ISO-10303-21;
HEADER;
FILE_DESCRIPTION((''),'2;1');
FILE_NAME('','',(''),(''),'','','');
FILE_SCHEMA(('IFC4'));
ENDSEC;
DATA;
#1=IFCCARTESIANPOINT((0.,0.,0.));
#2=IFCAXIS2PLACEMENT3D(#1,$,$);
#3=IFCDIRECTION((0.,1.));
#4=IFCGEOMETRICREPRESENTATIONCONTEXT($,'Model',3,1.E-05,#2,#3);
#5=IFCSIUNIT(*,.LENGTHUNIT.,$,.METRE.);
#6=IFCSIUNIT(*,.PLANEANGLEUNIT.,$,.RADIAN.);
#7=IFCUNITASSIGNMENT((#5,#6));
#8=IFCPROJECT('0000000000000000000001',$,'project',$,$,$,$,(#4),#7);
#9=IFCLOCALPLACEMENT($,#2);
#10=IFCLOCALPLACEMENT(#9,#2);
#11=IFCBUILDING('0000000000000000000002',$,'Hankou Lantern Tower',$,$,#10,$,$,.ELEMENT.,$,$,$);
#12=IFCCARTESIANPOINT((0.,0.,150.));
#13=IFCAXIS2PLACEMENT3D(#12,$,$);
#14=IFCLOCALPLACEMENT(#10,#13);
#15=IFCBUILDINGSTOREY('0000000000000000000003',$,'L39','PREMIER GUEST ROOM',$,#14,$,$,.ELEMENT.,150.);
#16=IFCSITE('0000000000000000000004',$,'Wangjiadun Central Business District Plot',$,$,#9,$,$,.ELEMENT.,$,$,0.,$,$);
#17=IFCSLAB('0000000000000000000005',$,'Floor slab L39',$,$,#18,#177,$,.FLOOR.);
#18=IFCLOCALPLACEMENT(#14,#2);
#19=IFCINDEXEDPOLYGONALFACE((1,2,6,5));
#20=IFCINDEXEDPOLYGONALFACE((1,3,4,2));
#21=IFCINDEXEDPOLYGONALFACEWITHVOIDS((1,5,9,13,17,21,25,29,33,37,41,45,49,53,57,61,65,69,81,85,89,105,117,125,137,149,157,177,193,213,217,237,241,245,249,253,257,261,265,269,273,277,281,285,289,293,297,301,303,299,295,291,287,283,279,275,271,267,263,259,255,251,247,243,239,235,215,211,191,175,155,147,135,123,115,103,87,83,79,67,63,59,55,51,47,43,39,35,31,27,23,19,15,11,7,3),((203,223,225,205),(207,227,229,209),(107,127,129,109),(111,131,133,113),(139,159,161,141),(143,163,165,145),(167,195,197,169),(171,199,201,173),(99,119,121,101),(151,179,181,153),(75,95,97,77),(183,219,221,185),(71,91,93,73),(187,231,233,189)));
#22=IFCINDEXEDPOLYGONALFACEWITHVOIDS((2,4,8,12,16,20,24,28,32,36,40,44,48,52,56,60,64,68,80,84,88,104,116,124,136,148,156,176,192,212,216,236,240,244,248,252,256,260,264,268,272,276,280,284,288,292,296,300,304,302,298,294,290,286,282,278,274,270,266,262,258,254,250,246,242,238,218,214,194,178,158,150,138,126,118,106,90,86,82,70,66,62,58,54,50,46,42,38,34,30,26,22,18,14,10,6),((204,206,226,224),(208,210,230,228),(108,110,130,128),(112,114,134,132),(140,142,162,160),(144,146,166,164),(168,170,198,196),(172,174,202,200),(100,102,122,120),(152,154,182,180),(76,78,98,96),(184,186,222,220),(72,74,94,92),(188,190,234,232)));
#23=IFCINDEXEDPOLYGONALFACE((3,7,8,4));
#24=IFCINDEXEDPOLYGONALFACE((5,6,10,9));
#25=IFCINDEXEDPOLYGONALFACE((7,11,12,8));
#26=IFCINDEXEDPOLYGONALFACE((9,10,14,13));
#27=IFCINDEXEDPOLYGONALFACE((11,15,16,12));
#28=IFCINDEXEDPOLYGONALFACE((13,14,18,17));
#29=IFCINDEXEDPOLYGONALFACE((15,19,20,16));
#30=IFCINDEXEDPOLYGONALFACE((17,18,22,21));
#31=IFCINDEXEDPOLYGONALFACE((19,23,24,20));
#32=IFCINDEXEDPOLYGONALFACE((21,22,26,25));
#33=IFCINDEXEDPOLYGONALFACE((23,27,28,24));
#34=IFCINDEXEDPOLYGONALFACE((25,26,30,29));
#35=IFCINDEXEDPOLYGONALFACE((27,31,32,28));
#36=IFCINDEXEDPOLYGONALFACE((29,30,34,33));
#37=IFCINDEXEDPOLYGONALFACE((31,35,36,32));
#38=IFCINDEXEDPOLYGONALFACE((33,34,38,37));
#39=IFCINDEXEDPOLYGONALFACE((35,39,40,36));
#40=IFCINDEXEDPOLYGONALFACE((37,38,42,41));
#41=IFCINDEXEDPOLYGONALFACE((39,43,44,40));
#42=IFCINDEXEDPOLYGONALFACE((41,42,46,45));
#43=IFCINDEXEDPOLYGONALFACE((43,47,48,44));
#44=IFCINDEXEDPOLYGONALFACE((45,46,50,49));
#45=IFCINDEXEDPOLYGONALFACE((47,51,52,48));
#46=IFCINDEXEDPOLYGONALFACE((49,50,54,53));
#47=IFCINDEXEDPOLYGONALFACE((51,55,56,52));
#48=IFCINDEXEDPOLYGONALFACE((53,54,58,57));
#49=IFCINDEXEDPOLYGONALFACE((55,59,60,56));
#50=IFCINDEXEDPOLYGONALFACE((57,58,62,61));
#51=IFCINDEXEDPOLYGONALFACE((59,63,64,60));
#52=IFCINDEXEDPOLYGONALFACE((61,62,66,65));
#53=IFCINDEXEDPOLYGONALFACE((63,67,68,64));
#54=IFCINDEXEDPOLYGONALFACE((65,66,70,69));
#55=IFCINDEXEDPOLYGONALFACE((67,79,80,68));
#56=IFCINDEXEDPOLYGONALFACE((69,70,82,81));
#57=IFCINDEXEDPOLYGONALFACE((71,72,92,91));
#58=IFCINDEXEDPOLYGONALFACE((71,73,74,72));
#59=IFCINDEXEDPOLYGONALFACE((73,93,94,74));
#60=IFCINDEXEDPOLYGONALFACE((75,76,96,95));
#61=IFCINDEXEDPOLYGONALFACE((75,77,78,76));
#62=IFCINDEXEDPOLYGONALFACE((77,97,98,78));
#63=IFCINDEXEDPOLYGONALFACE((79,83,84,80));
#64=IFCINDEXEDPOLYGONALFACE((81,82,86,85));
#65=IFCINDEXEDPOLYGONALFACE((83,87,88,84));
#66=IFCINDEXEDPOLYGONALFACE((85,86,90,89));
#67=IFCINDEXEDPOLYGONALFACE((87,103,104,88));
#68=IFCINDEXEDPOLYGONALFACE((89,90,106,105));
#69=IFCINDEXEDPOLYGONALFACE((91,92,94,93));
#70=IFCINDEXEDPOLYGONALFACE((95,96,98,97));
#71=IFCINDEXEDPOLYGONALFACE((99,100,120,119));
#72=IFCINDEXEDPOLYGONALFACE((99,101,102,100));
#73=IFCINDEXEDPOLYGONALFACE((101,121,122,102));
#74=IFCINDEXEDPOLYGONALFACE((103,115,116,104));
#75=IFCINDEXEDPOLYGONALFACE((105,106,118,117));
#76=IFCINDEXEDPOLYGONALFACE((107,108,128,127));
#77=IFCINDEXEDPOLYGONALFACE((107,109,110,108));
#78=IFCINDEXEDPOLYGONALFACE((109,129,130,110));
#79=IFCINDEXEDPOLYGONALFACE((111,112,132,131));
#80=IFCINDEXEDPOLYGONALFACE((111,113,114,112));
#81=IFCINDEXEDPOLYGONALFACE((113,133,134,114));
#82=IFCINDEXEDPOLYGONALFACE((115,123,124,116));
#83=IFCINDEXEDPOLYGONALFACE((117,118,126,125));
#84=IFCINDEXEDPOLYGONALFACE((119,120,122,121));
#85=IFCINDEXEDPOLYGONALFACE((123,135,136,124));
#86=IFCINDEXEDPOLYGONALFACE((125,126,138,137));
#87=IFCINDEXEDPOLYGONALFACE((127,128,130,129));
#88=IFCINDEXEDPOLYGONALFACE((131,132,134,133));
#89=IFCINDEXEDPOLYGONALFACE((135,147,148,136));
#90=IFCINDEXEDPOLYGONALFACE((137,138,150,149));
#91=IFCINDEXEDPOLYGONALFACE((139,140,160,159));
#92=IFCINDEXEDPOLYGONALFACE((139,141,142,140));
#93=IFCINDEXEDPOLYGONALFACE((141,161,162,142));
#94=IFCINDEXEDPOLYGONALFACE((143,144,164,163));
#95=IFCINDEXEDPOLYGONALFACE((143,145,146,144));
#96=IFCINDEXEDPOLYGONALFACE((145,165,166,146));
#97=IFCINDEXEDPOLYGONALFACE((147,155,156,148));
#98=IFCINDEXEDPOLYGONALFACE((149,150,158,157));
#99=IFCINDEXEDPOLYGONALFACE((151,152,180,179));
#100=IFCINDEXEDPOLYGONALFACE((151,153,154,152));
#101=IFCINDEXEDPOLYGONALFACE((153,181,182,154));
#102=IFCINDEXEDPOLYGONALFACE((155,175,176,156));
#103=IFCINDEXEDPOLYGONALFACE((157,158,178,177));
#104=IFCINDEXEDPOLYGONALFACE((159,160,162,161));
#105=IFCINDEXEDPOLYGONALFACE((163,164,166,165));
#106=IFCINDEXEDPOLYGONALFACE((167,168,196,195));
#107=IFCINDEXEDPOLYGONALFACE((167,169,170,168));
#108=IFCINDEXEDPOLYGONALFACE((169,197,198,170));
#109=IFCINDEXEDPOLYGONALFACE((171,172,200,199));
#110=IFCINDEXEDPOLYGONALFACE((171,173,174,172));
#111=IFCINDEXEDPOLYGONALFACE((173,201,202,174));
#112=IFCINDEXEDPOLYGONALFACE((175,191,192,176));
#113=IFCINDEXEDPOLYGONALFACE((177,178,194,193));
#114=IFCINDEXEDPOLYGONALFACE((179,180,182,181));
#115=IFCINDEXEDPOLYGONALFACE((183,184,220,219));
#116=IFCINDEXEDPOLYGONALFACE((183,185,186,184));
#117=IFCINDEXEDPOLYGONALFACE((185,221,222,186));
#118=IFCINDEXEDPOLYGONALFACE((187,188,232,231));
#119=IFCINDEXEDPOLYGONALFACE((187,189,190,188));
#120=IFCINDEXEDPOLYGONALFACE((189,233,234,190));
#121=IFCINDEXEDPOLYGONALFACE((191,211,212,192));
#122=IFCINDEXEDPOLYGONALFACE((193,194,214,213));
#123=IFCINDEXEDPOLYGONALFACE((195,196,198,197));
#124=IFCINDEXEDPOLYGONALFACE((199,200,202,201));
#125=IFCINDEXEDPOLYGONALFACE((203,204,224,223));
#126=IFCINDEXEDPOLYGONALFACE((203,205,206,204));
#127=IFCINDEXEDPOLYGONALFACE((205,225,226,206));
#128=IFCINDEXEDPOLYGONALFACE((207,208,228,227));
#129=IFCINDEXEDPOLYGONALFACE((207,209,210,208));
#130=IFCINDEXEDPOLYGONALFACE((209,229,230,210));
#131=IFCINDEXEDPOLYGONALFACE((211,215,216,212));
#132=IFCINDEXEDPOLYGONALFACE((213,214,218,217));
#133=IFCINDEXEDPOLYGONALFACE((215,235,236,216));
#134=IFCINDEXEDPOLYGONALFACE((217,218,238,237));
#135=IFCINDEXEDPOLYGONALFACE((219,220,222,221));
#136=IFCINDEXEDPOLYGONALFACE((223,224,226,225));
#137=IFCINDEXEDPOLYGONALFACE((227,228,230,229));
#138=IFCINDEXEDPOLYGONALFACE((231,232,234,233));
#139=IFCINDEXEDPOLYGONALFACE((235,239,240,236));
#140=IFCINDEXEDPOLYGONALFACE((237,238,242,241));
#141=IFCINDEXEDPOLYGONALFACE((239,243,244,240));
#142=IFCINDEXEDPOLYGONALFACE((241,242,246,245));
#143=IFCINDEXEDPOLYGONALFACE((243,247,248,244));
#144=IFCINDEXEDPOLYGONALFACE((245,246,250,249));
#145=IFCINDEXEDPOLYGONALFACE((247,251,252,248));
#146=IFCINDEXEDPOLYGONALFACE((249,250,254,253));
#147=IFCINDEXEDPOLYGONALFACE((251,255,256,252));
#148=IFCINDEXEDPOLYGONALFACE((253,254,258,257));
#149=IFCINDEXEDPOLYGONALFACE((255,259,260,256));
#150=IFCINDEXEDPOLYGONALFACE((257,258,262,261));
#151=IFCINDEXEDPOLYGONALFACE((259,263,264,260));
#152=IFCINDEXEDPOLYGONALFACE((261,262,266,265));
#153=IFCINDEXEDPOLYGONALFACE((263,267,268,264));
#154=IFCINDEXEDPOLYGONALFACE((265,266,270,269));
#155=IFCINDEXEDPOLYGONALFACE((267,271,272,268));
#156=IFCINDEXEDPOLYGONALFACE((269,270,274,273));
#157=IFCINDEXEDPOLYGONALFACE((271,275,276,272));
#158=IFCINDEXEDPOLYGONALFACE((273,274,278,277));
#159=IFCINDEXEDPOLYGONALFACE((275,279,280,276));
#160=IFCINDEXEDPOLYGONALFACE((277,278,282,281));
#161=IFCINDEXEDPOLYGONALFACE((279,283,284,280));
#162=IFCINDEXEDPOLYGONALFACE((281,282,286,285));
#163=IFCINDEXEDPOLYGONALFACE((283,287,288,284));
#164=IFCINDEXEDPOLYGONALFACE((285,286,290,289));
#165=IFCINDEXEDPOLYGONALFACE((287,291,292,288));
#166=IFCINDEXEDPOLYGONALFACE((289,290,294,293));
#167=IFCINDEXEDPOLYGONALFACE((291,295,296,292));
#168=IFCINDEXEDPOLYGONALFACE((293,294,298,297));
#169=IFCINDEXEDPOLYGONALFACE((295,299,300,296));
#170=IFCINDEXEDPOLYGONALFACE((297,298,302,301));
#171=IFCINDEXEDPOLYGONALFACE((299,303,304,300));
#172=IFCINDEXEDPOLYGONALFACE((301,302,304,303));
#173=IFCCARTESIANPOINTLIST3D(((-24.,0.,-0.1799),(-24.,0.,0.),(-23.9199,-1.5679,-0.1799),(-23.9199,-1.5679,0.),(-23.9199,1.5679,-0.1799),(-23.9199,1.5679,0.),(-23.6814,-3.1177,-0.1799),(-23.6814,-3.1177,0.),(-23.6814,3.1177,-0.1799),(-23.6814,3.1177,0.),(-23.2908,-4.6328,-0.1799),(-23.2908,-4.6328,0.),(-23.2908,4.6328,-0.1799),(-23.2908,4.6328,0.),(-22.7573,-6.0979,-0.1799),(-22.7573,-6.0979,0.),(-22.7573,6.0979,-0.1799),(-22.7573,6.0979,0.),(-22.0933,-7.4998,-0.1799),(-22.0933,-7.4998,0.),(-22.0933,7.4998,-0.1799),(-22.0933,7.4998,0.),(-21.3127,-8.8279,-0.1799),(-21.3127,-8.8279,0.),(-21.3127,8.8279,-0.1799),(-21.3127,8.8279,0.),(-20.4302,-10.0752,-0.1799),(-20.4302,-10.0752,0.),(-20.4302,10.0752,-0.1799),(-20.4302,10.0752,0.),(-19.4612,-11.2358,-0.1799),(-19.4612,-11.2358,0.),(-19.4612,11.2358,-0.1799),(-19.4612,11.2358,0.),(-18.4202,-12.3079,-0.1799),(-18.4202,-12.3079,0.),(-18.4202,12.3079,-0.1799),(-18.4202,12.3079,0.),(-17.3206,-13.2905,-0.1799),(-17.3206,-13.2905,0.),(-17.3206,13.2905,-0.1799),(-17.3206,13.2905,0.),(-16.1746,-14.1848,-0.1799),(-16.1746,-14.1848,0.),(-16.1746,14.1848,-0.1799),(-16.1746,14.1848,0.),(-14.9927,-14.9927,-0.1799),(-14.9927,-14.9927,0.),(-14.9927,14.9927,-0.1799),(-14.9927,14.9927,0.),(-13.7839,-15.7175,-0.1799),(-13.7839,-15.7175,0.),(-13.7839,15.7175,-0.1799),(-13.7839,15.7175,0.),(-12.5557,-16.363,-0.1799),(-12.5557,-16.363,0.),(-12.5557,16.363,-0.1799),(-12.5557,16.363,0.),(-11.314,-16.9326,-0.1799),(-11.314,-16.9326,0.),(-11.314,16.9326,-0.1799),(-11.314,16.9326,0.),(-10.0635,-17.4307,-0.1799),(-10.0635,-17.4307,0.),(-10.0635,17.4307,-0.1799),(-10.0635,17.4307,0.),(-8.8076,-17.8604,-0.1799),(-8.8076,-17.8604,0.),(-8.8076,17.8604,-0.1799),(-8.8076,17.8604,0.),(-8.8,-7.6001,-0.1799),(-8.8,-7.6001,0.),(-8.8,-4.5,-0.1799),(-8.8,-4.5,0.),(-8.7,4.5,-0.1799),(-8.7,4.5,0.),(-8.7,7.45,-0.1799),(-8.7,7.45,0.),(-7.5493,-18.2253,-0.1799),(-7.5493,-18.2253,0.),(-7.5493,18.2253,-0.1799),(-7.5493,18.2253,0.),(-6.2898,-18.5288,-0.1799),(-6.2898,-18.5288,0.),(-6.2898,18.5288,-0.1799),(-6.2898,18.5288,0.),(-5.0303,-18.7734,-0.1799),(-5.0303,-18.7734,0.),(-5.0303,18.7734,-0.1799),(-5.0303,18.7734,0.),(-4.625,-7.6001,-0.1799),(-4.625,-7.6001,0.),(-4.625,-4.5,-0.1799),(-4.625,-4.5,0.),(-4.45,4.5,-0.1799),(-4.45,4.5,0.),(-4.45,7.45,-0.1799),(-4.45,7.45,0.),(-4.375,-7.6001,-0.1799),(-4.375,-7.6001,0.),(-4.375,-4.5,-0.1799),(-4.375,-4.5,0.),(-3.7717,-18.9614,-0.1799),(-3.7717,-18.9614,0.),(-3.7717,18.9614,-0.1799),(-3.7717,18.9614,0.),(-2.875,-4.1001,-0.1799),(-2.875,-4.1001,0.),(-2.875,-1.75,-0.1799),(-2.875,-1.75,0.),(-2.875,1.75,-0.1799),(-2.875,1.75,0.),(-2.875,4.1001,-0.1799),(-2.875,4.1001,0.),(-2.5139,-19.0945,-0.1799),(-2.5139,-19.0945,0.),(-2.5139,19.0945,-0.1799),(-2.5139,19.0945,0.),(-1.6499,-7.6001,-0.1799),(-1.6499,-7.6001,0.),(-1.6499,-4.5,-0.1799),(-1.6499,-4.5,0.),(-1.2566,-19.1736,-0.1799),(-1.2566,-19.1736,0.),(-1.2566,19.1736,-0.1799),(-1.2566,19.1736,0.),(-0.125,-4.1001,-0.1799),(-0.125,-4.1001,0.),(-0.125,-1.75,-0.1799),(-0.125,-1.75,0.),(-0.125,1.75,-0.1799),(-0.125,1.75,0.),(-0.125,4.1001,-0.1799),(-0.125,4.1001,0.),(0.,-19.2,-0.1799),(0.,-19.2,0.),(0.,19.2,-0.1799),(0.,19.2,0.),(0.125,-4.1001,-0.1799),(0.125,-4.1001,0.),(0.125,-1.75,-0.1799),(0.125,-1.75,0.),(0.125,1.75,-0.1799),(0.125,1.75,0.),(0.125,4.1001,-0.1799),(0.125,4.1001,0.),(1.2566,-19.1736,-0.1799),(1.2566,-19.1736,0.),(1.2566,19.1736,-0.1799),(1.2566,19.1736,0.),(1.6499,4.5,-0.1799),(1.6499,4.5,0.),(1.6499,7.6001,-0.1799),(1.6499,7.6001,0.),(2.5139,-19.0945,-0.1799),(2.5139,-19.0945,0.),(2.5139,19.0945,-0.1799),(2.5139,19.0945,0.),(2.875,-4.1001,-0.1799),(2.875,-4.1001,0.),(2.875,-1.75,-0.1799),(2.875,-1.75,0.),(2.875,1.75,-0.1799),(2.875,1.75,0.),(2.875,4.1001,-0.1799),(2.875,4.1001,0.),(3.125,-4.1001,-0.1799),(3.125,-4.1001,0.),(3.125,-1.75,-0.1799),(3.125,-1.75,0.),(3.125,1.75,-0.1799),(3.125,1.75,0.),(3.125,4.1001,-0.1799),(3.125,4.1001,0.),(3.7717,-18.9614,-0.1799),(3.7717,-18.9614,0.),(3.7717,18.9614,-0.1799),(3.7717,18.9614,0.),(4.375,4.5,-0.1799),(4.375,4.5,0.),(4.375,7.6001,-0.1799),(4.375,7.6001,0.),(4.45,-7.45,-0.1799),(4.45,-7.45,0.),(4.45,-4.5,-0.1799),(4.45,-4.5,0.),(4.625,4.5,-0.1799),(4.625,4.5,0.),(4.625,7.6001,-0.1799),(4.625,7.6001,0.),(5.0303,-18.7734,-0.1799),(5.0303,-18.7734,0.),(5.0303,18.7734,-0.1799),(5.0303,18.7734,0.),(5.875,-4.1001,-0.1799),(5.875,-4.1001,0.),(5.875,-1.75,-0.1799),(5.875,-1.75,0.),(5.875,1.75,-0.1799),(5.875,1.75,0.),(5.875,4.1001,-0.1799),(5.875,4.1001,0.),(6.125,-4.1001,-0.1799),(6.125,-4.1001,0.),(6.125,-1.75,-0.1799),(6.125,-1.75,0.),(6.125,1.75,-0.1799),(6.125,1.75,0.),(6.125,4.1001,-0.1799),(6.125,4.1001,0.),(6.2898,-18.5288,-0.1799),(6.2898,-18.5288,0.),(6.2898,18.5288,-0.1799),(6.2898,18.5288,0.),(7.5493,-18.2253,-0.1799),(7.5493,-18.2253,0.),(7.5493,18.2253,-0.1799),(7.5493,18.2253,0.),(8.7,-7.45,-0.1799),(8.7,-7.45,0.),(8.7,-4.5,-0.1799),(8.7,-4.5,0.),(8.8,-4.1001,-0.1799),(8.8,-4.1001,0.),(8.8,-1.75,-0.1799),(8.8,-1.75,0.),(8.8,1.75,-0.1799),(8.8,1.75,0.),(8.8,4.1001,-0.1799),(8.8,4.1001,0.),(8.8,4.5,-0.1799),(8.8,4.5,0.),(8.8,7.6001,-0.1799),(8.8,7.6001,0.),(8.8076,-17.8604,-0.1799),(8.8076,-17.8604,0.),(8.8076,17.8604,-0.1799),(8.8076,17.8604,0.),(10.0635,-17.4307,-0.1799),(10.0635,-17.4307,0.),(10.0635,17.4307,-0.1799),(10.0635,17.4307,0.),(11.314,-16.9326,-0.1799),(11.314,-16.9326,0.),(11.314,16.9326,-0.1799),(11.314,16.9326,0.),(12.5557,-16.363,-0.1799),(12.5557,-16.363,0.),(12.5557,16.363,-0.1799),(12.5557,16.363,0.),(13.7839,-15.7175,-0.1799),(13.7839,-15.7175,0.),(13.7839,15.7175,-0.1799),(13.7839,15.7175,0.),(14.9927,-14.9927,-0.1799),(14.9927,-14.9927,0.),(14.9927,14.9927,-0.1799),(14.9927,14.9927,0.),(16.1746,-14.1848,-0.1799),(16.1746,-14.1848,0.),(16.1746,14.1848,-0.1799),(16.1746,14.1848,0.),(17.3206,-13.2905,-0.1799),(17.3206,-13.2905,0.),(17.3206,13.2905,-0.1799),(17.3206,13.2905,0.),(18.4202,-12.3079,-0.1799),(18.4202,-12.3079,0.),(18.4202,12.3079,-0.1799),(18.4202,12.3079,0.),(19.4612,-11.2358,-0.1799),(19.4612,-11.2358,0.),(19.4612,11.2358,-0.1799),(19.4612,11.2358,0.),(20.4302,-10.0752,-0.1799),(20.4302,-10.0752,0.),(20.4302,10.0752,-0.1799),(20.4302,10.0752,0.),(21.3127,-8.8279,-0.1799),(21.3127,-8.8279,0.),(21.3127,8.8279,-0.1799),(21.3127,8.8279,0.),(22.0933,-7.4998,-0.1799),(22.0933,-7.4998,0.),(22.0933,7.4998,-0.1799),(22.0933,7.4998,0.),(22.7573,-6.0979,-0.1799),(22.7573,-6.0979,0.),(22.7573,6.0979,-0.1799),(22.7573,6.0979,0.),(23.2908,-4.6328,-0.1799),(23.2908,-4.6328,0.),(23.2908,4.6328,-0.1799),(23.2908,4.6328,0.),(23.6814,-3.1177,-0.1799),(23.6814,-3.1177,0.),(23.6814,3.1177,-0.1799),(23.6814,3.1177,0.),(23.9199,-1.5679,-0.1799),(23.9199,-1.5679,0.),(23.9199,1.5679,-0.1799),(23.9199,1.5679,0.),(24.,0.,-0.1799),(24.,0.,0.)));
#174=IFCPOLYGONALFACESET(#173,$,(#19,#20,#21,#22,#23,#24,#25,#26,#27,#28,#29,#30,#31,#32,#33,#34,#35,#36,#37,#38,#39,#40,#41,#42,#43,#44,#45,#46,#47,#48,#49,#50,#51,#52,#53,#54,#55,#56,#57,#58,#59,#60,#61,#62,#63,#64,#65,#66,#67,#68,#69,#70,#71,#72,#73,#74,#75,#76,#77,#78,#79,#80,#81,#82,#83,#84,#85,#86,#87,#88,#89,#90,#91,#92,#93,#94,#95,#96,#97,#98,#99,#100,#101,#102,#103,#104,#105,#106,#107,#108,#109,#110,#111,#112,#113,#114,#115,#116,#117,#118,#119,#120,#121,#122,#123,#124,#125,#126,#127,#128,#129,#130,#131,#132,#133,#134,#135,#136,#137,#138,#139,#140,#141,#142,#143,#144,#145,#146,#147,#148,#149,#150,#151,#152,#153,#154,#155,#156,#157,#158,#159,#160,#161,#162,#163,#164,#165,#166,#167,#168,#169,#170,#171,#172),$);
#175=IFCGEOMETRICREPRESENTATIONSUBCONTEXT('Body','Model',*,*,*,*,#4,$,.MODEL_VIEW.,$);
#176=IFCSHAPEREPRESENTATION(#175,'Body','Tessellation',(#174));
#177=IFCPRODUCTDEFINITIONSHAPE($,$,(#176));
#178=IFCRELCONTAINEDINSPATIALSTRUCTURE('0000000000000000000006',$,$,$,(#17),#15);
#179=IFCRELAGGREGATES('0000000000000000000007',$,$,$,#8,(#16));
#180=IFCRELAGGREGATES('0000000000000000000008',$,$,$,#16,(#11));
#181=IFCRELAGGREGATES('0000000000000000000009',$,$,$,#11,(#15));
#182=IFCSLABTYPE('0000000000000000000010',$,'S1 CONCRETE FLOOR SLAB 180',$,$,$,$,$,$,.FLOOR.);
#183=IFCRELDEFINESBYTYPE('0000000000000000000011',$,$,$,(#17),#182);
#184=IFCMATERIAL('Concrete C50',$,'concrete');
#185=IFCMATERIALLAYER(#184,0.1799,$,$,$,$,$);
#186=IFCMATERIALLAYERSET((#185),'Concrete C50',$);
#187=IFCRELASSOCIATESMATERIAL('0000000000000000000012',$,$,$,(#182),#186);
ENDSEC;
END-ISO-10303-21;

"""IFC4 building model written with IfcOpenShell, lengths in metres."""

from ifc_helpers import new_model, si_unit, direction, frame, origin, place, context, subcontext, project, spatial, polyline, outline, extrude, material, layer, layer_set, type_object, element, save


model = new_model("IFC4")

# Units and contexts
model_context = context("Model", 3, precision=1e-05, world=origin(), true_north=direction((0.0, 1.0)))
body_context = subcontext(model_context, "Body", "Model", "MODEL_VIEW")
ifc_project = project(units=[si_unit("LENGTHUNIT", "METRE"), si_unit("PLANEANGLEUNIT", "RADIAN")], contexts=[model_context])

# Site, building, storey
site_placement = place(None, origin())
site = spatial("IfcSite", under=ifc_project, at=site_placement, Name="Wangjiadun Central Business District Plot", CompositionType="ELEMENT", RefElevation=0.0)
building_placement = place(site_placement, origin())
building = spatial("IfcBuilding", under=site, at=building_placement, Name="Hankou Lantern Tower", CompositionType="ELEMENT")
storey_placement = place(building_placement, frame((0.0, 0.0, 150.0)))
storey = spatial("IfcBuildingStorey", under=building, at=storey_placement, Name="L39", Description="PREMIER GUEST ROOM", CompositionType="ELEMENT", Elevation=150.0)

# Slab
ifc_material_1 = material(Name="Concrete C50", Category="concrete")
ifc_layer_1 = layer(ifc_material_1, 0.1799)
ifc_layer_set_1 = layer_set([ifc_layer_1], Name="Concrete C50")
slab_type = type_object("IfcSlabType", Name="S1 CONCRETE FLOOR SLAB 180", PredefinedType="FLOOR", material=ifc_layer_set_1)
slab_placement = place(storey_placement, frame((0.0, 0.0, -0.1799)))
element("IfcSlab", 1, at=slab_placement, inside=storey, type_object=slab_type, Name="Floor slab L39", PredefinedType="FLOOR", context=body_context, shape_type="SweptSolid", body=[
    extrude(outline(polyline([(24.0, 0.0), (23.9199, 1.5679), (23.6814, 3.1177), (23.2908, 4.6328), (22.7573, 6.0979), (22.0933, 7.4998), (21.3127, 8.8279), (20.4302, 10.0752), (19.4612, 11.2358), (18.4202, 12.3079), (17.3206, 13.2905), (16.1746, 14.1848), (14.9927, 14.9927), (13.7839, 15.7175), (12.5557, 16.363), (11.314, 16.9326), (10.0635, 17.4307), (8.8076, 17.8604), (7.5493, 18.2253), (6.2898, 18.5288), (5.0303, 18.7734), (3.7717, 18.9614), (2.5139, 19.0945), (1.2566, 19.1736), (0.0, 19.2), (-1.2566, 19.1736), (-2.5139, 19.0945), (-3.7717, 18.9614), (-5.0303, 18.7734), (-6.2898, 18.5288), (-7.5493, 18.2253), (-8.8076, 17.8604), (-10.0635, 17.4307), (-11.314, 16.9326), (-12.5557, 16.363), (-13.7839, 15.7175), (-14.9927, 14.9927), (-16.1746, 14.1848), (-17.3206, 13.2905), (-18.4202, 12.3079), (-19.4612, 11.2358), (-20.4302, 10.0752), (-21.3127, 8.8279), (-22.0933, 7.4998), (-22.7573, 6.0979), (-23.2908, 4.6328), (-23.6814, 3.1177), (-23.9199, 1.5679), (-24.0, 0.0), (-23.9199, -1.5679), (-23.6814, -3.1177), (-23.2908, -4.6328), (-22.7573, -6.0979), (-22.0933, -7.4998), (-21.3127, -8.8279), (-20.4302, -10.0752), (-19.4612, -11.2358), (-18.4202, -12.3079), (-17.3206, -13.2905), (-16.1746, -14.1848), (-14.9927, -14.9927), (-13.7839, -15.7175), (-12.5557, -16.363), (-11.314, -16.9326), (-10.0635, -17.4307), (-8.8076, -17.8604), (-7.5493, -18.2253), (-6.2898, -18.5288), (-5.0303, -18.7734), (-3.7717, -18.9614), (-2.5139, -19.0945), (-1.2566, -19.1736), (0.0, -19.2), (1.2566, -19.1736), (2.5139, -19.0945), (3.7717, -18.9614), (5.0303, -18.7734), (6.2898, -18.5288), (7.5493, -18.2253), (8.8076, -17.8604), (10.0635, -17.4307), (11.314, -16.9326), (12.5557, -16.363), (13.7839, -15.7175), (14.9927, -14.9927), (16.1746, -14.1848), (17.3206, -13.2905), (18.4202, -12.3079), (19.4612, -11.2358), (20.4302, -10.0752), (21.3127, -8.8279), (22.0933, -7.4998), (22.7573, -6.0979), (23.2908, -4.6328), (23.6814, -3.1177), (23.9199, -1.5679), (24.0, 0.0)]), holes=[polyline([(-2.875, 4.1001), (-0.125, 4.1001), (-0.125, 1.75), (-2.875, 1.75), (-2.875, 4.1001)]), polyline([(0.125, 4.1001), (2.875, 4.1001), (2.875, 1.75), (0.125, 1.75), (0.125, 4.1001)]), polyline([(3.125, 4.1001), (5.875, 4.1001), (5.875, 1.75), (3.125, 1.75), (3.125, 4.1001)]), polyline([(6.125, 4.1001), (8.8, 4.1001), (8.8, 1.75), (6.125, 1.75), (6.125, 4.1001)]), polyline([(-2.875, -1.75), (-0.125, -1.75), (-0.125, -4.1001), (-2.875, -4.1001), (-2.875, -1.75)]), polyline([(0.125, -1.75), (2.875, -1.75), (2.875, -4.1001), (0.125, -4.1001), (0.125, -1.75)]), polyline([(3.125, -1.75), (5.875, -1.75), (5.875, -4.1001), (3.125, -4.1001), (3.125, -1.75)]), polyline([(6.125, -1.75), (8.8, -1.75), (8.8, -4.1001), (6.125, -4.1001), (6.125, -1.75)]), polyline([(1.6499, 7.6001), (4.375, 7.6001), (4.375, 4.5), (1.6499, 4.5), (1.6499, 7.6001)]), polyline([(-4.375, -4.5), (-1.6499, -4.5), (-1.6499, -7.6001), (-4.375, -7.6001), (-4.375, -4.5)]), polyline([(-8.7, 7.45), (-4.45, 7.45), (-4.45, 4.5), (-8.7, 4.5), (-8.7, 7.45)]), polyline([(4.45, -4.5), (8.7, -4.5), (8.7, -7.45), (4.45, -7.45), (4.45, -4.5)]), polyline([(4.625, 7.6001), (8.8, 7.6001), (8.8, 4.5), (4.625, 4.5), (4.625, 7.6001)]), polyline([(-8.8, -4.5), (-4.625, -4.5), (-4.625, -7.6001), (-8.8, -7.6001), (-8.8, -4.5)])]), origin(), (0.0, 0.0, 1.0), 0.1799),
])

save(model, "model.ifc")
